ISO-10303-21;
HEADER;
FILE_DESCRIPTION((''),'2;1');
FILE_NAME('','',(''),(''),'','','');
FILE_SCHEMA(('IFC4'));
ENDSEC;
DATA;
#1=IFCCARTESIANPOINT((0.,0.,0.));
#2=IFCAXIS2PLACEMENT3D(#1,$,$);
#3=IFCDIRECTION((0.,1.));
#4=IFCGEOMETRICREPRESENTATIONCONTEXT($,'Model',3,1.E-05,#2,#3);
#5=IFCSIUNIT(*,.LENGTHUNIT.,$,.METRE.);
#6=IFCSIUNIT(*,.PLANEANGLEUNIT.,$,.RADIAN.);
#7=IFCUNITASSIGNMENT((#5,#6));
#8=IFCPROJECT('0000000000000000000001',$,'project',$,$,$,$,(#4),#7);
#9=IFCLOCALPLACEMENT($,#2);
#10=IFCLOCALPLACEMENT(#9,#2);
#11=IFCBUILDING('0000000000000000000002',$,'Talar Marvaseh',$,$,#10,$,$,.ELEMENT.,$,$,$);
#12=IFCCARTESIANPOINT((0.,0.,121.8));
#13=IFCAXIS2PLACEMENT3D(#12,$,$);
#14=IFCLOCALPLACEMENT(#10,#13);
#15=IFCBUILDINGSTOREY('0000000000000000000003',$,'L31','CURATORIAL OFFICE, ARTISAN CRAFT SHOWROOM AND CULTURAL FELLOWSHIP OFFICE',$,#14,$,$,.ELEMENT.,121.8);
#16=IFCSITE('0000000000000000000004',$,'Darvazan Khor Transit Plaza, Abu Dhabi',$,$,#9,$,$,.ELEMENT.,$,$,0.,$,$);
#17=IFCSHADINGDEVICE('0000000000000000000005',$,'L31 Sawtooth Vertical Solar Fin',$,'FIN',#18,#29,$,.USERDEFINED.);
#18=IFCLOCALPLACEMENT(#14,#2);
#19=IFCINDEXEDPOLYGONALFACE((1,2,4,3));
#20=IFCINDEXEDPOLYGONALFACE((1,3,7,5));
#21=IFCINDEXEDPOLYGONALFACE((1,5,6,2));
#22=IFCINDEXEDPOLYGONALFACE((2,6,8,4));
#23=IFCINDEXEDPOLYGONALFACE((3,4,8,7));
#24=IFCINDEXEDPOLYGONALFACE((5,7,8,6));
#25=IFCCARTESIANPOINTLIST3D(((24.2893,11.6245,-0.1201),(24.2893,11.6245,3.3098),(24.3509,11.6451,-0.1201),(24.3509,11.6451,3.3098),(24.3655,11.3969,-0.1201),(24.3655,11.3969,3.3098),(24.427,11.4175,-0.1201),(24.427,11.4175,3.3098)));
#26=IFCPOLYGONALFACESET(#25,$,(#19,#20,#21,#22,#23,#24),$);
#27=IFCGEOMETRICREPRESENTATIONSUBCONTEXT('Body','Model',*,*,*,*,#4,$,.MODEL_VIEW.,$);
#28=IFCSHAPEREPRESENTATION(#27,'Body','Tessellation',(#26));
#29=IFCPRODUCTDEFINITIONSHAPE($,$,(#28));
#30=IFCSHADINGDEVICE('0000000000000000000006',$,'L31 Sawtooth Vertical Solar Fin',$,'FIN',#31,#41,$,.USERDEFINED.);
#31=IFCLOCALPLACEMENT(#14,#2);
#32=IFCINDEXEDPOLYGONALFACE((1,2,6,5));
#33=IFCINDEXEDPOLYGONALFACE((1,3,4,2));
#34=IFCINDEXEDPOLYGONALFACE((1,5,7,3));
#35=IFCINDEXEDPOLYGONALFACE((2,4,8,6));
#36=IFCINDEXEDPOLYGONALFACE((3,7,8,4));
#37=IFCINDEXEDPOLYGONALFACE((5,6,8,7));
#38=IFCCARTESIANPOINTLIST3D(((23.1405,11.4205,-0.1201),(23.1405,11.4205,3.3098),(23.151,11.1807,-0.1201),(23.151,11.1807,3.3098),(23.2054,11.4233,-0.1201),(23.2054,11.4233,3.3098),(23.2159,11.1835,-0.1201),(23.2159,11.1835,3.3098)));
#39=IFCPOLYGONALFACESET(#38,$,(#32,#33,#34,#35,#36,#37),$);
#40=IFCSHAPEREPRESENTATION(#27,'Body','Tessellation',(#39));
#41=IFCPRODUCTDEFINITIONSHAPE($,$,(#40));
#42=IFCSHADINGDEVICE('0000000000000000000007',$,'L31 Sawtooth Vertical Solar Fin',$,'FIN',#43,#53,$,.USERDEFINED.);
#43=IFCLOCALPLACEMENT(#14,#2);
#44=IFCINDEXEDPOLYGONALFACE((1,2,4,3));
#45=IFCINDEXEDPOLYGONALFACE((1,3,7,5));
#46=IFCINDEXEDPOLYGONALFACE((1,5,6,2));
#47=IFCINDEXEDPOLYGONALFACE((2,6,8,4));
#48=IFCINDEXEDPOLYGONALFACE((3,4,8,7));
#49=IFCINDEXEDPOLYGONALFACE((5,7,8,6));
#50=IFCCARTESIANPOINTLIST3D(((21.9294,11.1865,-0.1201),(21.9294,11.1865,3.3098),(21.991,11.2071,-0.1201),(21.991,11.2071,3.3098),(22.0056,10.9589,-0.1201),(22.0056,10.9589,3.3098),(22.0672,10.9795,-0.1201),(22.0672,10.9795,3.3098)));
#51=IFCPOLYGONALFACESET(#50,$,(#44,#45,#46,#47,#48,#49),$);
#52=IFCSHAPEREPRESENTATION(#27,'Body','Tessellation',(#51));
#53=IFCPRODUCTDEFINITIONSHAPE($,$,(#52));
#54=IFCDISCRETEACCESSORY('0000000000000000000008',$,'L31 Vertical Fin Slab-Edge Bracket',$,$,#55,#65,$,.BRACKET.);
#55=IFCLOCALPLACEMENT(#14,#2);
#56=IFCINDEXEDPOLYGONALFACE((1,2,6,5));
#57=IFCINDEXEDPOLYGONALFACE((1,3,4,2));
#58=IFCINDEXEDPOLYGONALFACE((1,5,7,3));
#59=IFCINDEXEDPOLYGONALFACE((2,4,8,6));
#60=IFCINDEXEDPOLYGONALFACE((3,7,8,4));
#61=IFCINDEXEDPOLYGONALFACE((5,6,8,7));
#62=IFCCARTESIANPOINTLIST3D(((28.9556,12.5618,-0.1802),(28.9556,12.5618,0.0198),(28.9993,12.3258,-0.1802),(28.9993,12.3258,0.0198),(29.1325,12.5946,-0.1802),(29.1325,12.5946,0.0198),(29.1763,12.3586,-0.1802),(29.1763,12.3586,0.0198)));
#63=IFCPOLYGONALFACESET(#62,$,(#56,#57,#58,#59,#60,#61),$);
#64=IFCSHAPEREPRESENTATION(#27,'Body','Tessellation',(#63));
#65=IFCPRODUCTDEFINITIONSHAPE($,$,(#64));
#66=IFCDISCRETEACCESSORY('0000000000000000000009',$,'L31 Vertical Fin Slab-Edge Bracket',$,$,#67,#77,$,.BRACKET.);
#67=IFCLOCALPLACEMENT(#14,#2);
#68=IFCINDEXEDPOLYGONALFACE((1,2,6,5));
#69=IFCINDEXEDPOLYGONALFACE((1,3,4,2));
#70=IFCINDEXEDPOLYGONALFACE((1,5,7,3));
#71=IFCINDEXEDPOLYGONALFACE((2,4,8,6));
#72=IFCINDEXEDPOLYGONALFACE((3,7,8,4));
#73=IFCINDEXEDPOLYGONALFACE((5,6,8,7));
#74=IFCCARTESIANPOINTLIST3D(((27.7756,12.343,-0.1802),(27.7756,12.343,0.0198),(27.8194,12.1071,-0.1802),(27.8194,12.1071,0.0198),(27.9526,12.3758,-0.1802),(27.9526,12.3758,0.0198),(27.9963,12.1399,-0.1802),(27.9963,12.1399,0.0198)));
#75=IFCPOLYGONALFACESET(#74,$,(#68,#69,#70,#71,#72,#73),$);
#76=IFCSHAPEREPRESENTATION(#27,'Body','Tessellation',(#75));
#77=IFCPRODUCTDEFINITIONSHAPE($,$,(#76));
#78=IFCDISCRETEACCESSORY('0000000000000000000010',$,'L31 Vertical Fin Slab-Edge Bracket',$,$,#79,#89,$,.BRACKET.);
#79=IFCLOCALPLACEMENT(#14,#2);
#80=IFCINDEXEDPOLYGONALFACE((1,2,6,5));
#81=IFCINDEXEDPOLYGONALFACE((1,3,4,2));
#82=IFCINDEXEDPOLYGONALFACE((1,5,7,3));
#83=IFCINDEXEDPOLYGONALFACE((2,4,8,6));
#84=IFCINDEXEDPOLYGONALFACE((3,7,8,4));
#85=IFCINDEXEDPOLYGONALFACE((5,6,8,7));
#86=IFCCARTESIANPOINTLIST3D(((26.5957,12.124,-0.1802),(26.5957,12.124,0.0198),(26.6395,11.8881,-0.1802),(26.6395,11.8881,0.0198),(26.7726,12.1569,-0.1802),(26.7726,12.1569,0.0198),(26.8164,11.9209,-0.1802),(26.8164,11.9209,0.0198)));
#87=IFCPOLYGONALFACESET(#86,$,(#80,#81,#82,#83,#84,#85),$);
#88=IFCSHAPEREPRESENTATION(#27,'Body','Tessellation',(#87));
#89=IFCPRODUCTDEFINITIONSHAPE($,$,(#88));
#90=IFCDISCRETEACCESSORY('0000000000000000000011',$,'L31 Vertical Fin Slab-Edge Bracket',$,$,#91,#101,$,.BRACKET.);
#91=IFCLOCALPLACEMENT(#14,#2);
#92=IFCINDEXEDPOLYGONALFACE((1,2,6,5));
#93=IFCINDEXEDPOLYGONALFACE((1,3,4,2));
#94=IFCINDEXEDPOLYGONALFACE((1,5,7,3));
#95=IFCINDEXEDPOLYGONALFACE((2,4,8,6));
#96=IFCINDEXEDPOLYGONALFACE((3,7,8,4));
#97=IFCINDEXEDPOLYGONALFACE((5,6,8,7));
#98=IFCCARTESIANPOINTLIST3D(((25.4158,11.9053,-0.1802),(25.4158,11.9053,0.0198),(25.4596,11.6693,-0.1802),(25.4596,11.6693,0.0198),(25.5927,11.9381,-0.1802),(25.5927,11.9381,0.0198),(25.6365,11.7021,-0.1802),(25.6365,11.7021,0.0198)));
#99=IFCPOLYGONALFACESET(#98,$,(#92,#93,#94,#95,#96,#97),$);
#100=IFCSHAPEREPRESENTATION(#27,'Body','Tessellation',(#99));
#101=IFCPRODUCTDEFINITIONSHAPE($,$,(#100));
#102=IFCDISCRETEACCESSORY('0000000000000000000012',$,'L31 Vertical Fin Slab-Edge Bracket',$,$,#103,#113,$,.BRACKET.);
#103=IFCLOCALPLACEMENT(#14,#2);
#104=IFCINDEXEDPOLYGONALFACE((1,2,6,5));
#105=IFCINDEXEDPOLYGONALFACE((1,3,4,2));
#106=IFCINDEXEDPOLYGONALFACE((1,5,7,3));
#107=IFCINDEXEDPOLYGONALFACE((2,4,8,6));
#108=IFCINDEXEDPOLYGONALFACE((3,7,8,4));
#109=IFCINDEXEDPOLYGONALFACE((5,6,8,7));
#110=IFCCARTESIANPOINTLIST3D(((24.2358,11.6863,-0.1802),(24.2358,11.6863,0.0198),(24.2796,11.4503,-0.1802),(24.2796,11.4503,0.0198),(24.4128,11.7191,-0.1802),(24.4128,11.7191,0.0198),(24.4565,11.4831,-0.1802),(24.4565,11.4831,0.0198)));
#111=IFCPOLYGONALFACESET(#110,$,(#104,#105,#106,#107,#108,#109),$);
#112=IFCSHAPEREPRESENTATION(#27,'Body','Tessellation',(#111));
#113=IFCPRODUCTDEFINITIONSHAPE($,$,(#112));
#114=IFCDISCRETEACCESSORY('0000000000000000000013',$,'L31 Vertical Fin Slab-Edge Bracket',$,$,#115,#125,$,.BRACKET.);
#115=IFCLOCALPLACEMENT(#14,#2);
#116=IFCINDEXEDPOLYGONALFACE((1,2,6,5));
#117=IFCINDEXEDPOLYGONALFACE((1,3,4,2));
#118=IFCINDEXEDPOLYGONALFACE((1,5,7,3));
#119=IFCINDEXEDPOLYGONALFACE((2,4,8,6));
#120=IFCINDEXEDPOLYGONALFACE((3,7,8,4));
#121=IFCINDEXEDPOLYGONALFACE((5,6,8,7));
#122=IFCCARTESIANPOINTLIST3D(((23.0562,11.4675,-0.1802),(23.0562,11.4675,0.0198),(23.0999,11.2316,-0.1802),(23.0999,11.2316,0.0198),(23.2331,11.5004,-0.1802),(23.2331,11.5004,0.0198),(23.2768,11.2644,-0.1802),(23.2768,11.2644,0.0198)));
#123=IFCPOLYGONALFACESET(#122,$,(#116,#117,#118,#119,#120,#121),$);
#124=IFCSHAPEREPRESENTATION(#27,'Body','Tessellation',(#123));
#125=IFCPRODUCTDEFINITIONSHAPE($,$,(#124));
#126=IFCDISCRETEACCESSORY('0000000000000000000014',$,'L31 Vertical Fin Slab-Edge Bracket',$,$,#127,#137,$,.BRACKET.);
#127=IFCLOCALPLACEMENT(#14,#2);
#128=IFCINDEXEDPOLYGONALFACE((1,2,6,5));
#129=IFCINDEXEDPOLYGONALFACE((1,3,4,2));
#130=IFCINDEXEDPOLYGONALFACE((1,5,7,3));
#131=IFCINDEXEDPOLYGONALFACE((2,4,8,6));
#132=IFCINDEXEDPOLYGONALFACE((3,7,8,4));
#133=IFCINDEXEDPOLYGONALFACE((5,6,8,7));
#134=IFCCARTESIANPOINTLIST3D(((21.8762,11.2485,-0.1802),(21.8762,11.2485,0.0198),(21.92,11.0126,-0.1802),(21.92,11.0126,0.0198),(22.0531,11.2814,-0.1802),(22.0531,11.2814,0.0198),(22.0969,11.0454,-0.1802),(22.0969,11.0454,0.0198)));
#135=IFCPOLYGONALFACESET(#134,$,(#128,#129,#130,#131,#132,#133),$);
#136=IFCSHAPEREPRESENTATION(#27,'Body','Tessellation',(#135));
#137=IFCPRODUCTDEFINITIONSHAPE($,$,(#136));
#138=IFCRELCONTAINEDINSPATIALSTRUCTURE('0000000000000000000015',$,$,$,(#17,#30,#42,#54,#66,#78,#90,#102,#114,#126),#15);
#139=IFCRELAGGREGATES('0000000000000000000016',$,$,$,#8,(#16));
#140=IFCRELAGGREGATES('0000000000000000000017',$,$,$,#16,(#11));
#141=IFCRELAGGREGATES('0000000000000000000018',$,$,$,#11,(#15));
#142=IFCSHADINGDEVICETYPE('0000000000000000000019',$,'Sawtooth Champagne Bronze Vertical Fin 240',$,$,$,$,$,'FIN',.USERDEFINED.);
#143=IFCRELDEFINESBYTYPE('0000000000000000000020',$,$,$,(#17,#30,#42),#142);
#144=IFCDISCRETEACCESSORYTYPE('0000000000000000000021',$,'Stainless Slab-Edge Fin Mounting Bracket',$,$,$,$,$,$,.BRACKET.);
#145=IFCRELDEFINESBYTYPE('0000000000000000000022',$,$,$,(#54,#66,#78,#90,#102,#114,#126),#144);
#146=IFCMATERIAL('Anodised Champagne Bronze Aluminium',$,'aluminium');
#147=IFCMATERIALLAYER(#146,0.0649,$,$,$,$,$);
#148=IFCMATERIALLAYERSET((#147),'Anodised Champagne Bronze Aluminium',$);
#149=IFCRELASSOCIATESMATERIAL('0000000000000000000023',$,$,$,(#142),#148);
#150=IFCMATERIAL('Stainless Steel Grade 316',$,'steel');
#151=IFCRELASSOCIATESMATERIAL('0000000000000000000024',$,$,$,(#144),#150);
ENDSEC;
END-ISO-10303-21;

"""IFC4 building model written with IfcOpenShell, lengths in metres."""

from ifc_helpers import new_model, si_unit, direction, frame, origin, origin_2d, place, context, subcontext, project, spatial, rectangle, extrude, source, transform, mapped, material, layer, layer_set, type_object, type_shapes, element, save


model = new_model("IFC4")

# Units and contexts
model_context = context("Model", 3, precision=1e-05, world=origin(), true_north=direction((0.0, 1.0)))
body_context = subcontext(model_context, "Body", "Model", "MODEL_VIEW")
ifc_project = project(units=[si_unit("LENGTHUNIT", "METRE"), si_unit("PLANEANGLEUNIT", "RADIAN")], contexts=[model_context])

# Site, building, storey
site_placement = place(None, origin())
site = spatial("IfcSite", under=ifc_project, at=site_placement, Name="Darvazan Khor Transit Plaza, Abu Dhabi", CompositionType="ELEMENT", RefElevation=0.0)
building_placement = place(site_placement, origin())
building = spatial("IfcBuilding", under=site, at=building_placement, Name="Talar Marvaseh", CompositionType="ELEMENT")
storey_placement = place(building_placement, frame((0.0, 0.0, 121.8)))
storey = spatial("IfcBuildingStorey", under=building, at=storey_placement, Name="L31", Description="CURATORIAL OFFICE, ARTISAN CRAFT SHOWROOM AND CULTURAL FELLOWSHIP OFFICE", CompositionType="ELEMENT", Elevation=121.8)

# Shading devices
ifc_material_1 = material(Name="Anodised Champagne Bronze Aluminium", Category="aluminium")
ifc_layer_1 = layer(ifc_material_1, 0.0649)
ifc_layer_set_1 = layer_set([ifc_layer_1], Name="Anodised Champagne Bronze Aluminium")
shading_device_type = type_object("IfcShadingDeviceType", Name="Sawtooth Champagne Bronze Vertical Fin 240", ElementType="FIN", PredefinedType="USERDEFINED", material=ifc_layer_set_1)
shared_shape_1 = source(origin(), body_context, "Body", "SweptSolid", [
    extrude(rectangle(XDim=0.24, YDim=0.0649, at=origin_2d()), origin(), (0.0, 0.0, 1.0), 3.4299),
])
type_shapes(shading_device_type, [shared_shape_1])
for number, where, z_axis, x_axis, name in (
    (1, (24.3582, 11.521, -0.1201), (0.0, 0.0, 1.0), (0.31747, -0.948268, 0.0), "L31 Sawtooth Vertical Solar Fin"),
    (2, (23.1782, 11.302, -0.1201), (0.0, 0.0, 1.0), (0.043794, -0.999041, 0.0), "L31 Sawtooth Vertical Solar Fin"),
    (3, (21.9983, 11.083, -0.1201), (0.0, 0.0, 1.0), (0.31747, -0.948268, 0.0), "L31 Sawtooth Vertical Solar Fin"),
):
    element("IfcShadingDevice", number, at=place(storey_placement, frame(where, z_axis=z_axis, x_axis=x_axis)), inside=storey, type_object=shading_device_type, Name=name, ObjectType="FIN", PredefinedType="USERDEFINED", context=body_context, shape_type="MappedRepresentation", body=[
        mapped(shared_shape_1, transform((0.0, 0.0, 0.0), x_axis=(1.0, 0.0, 0.0), y_axis=(0.0, 1.0, 0.0), z_axis=(0.0, 0.0, 1.0), scale=1.0)),
    ])

# Discrete accessories
ifc_material_2 = material(Name="Stainless Steel Grade 316", Category="steel")
discrete_accessory_type = type_object("IfcDiscreteAccessoryType", Name="Stainless Slab-Edge Fin Mounting Bracket", PredefinedType="BRACKET", material=ifc_material_2)
shared_shape_2 = source(origin(), body_context, "Body", "SweptSolid", [
    extrude(rectangle(XDim=0.24, YDim=0.1799, at=origin_2d()), origin(), (0.0, 0.0, 1.0), 0.2),
])
type_shapes(discrete_accessory_type, [shared_shape_2])
for number, where, z_axis, x_axis, name in (
    (4, (29.0659, 12.4602, -0.1802), (0.0, 0.0, 1.0), (0.182407, -0.983223, 0.0), "L31 Vertical Fin Slab-Edge Bracket"),
    (5, (27.886, 12.2415, -0.1802), (0.0, 0.0, 1.0), (0.182407, -0.983223, 0.0), "L31 Vertical Fin Slab-Edge Bracket"),
    (6, (26.7061, 12.0225, -0.1802), (0.0, 0.0, 1.0), (0.182407, -0.983223, 0.0), "L31 Vertical Fin Slab-Edge Bracket"),
    (7, (25.5261, 11.8037, -0.1802), (0.0, 0.0, 1.0), (0.182407, -0.983223, 0.0), "L31 Vertical Fin Slab-Edge Bracket"),
    (8, (24.3462, 11.5847, -0.1802), (0.0, 0.0, 1.0), (0.182407, -0.983223, 0.0), "L31 Vertical Fin Slab-Edge Bracket"),
    (9, (23.1665, 11.366, -0.1802), (0.0, 0.0, 1.0), (0.182407, -0.983223, 0.0), "L31 Vertical Fin Slab-Edge Bracket"),
    (10, (21.9866, 11.147, -0.1802), (0.0, 0.0, 1.0), (0.182407, -0.983223, 0.0), "L31 Vertical Fin Slab-Edge Bracket"),
):
    element("IfcDiscreteAccessory", number, at=place(storey_placement, frame(where, z_axis=z_axis, x_axis=x_axis)), inside=storey, type_object=discrete_accessory_type, Name=name, PredefinedType="BRACKET", context=body_context, shape_type="MappedRepresentation", body=[
        mapped(shared_shape_2, transform((0.0, 0.0, 0.0), x_axis=(1.0, 0.0, 0.0), y_axis=(0.0, 1.0, 0.0), z_axis=(0.0, 0.0, 1.0), scale=1.0)),
    ])

save(model, "model.ifc")
